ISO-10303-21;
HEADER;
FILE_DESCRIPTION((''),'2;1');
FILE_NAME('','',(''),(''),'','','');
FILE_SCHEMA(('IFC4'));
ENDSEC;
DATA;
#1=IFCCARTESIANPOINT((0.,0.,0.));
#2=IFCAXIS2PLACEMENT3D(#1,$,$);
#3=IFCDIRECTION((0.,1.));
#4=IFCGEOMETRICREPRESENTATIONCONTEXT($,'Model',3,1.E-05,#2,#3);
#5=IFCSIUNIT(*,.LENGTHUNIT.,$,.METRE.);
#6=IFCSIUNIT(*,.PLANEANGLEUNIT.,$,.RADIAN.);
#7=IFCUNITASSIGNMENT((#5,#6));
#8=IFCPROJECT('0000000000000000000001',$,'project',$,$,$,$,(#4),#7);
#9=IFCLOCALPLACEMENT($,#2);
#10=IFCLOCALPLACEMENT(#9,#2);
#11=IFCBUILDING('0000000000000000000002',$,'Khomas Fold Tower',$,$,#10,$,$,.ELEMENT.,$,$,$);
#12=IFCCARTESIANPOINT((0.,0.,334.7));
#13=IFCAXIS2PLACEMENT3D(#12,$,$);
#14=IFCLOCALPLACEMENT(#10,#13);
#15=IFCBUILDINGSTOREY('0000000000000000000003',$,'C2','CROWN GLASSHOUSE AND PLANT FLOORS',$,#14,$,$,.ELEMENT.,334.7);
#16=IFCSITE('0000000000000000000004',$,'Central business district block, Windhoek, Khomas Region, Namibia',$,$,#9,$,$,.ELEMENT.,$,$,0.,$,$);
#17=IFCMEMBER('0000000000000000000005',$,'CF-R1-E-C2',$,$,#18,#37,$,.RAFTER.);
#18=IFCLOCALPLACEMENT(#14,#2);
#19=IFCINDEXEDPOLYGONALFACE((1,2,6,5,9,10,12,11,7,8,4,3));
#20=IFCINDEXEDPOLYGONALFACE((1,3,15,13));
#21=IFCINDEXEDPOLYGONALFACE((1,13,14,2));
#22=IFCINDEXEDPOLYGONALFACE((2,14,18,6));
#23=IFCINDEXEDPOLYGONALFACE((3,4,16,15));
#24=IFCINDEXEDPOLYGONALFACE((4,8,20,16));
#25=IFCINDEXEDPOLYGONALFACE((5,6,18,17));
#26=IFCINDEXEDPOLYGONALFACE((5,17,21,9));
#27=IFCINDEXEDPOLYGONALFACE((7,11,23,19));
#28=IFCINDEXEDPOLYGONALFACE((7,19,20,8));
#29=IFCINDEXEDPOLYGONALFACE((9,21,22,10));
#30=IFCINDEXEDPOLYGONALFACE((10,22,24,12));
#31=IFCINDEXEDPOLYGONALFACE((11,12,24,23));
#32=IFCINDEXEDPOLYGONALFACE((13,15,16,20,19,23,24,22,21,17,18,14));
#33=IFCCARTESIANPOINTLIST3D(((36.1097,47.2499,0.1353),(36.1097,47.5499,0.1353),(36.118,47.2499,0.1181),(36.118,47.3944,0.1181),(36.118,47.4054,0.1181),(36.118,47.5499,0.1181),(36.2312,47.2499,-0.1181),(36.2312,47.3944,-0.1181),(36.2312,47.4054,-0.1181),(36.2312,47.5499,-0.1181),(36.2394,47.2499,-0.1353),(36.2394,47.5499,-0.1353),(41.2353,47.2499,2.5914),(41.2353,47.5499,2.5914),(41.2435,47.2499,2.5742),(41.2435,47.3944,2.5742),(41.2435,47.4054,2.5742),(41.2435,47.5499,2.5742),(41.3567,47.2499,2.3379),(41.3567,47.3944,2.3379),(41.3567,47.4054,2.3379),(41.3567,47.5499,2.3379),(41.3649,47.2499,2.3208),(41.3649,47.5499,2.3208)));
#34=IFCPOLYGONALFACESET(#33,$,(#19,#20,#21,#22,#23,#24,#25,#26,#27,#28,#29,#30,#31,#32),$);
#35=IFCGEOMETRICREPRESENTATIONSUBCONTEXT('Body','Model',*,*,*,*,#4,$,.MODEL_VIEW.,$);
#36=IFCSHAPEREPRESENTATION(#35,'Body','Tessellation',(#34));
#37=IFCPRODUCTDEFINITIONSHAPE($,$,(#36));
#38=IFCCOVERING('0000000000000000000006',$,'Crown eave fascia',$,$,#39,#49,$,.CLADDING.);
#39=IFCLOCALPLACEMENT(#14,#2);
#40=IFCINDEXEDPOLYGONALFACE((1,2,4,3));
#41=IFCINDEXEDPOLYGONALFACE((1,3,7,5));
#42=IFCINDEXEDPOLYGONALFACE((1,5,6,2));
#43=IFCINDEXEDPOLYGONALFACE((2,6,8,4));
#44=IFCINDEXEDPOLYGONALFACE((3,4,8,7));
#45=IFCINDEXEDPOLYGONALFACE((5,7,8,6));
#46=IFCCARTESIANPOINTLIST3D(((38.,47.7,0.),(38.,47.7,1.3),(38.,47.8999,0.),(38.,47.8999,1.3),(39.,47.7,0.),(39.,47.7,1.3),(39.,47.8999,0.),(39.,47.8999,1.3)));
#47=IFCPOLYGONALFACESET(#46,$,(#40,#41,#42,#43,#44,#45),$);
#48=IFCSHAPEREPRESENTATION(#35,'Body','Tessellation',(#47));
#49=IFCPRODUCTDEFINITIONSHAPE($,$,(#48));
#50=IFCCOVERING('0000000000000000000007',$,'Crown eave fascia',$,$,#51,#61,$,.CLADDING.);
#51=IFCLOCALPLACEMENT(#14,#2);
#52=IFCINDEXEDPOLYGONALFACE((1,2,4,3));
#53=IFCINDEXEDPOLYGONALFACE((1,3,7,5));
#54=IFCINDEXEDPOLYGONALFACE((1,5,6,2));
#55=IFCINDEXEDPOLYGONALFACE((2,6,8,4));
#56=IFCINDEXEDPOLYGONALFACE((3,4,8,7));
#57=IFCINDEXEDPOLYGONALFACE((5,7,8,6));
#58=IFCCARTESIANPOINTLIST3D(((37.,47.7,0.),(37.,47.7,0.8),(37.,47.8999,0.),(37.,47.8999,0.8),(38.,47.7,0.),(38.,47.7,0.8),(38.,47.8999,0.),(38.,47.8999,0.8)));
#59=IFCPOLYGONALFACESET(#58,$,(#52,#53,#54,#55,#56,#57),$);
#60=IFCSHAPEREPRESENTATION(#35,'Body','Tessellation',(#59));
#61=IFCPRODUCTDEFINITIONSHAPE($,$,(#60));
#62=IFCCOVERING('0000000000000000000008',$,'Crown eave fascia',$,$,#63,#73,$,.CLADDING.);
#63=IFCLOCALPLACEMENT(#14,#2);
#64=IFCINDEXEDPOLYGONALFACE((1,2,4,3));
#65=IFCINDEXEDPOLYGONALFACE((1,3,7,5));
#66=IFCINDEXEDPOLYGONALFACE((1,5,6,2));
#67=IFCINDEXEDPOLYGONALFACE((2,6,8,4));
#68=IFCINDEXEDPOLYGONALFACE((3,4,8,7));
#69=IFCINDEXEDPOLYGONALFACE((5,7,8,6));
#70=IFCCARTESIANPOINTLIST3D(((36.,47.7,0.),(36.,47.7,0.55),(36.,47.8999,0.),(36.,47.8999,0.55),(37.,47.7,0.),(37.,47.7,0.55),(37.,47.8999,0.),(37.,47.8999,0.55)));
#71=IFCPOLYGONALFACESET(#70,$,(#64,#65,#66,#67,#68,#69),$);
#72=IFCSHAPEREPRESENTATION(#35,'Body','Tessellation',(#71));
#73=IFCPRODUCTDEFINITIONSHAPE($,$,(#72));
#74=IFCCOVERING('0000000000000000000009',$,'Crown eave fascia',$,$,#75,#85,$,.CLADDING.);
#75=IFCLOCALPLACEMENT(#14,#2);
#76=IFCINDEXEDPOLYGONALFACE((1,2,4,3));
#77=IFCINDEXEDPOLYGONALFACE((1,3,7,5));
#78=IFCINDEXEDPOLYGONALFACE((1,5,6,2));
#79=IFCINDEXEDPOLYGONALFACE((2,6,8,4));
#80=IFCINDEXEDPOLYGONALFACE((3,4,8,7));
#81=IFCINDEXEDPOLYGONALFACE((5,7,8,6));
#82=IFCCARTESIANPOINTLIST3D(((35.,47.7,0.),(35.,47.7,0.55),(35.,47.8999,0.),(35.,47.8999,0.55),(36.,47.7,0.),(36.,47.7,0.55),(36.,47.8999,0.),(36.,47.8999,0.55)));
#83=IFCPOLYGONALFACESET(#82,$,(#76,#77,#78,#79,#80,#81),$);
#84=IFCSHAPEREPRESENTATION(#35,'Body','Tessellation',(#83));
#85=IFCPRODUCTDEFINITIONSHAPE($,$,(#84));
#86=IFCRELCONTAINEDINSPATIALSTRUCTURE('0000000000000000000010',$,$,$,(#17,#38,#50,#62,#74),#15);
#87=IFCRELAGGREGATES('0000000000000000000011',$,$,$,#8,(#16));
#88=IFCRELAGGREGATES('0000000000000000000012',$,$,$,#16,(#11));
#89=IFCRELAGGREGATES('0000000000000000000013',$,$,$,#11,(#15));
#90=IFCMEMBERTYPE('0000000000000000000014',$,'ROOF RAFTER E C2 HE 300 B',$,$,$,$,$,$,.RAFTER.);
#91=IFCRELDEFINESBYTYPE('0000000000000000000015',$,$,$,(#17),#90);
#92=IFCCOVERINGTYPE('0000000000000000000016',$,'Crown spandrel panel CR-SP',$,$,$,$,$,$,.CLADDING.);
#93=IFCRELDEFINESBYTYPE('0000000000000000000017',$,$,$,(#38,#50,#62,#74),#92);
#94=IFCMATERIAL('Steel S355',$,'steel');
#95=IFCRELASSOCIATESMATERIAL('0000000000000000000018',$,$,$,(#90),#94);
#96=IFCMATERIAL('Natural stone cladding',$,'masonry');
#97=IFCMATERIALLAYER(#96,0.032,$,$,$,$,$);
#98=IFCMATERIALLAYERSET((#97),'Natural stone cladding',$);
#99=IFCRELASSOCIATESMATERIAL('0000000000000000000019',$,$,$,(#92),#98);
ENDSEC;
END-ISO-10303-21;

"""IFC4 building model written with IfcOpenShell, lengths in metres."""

from ifc_helpers import new_model, si_unit, direction, frame, origin, origin_2d, place, context, subcontext, project, spatial, polyline, i_section, outline, extrude, source, transform, mapped, material, layer, layer_set, material_profile, profile_set, type_object, element, save


model = new_model("IFC4")

# Units and contexts
model_context = context("Model", 3, precision=1e-05, world=origin(), true_north=direction((0.0, 1.0)))
body_context = subcontext(model_context, "Body", "Model", "MODEL_VIEW")
ifc_project = project(units=[si_unit("LENGTHUNIT", "METRE"), si_unit("PLANEANGLEUNIT", "RADIAN")], contexts=[model_context])

# Site, building, storey
site_placement = place(None, origin())
site = spatial("IfcSite", under=ifc_project, at=site_placement, Name="Central business district block, Windhoek, Khomas Region, Namibia", CompositionType="ELEMENT", RefElevation=0.0)
building_placement = place(site_placement, origin())
building = spatial("IfcBuilding", under=site, at=building_placement, Name="Khomas Fold Tower", CompositionType="ELEMENT")
storey_placement = place(building_placement, frame((0.0, 0.0, 334.7)))
storey = spatial("IfcBuildingStorey", under=building, at=storey_placement, Name="C2", Description="CROWN GLASSHOUSE AND PLANT FLOORS", CompositionType="ELEMENT", Elevation=334.7)

# Member
ifc_material_1 = material(Name="Steel S355", Category="steel")
ifc_material_profile_1 = material_profile(ifc_material_1, i_section(OverallWidth=0.3, OverallDepth=0.3, WebThickness=0.011, FlangeThickness=0.019, at=origin_2d()), Name="HE 300 B")
ifc_profile_set_1 = profile_set([ifc_material_profile_1], Name="Steel S355")
member_type_1 = type_object("IfcMemberType", Name="ROOF RAFTER E C2 HE 300 B", PredefinedType="RAFTER", material=ifc_profile_set_1)
shared_shape_1 = source(origin(), body_context, "Body", "SweptSolid", [
    extrude(i_section(OverallWidth=0.3, OverallDepth=0.3, WebThickness=0.011, FlangeThickness=0.019, at=origin_2d()), origin(), (0.0, 0.0, 1.0), 5.6836),
])
member_1_placement = place(storey_placement, frame((36.1746, 47.3999, 0.0), z_axis=(0.90181, 0.0, 0.432133), x_axis=(0.0, 1.0, 0.0)))
element("IfcMember", 1, at=member_1_placement, inside=storey, type_object=member_type_1, Name="CF-R1-E-C2", PredefinedType="RAFTER", context=body_context, shape_type="MappedRepresentation", body=[
    mapped(shared_shape_1, transform((0.0, 0.0, 0.0))),
])

# Coverings
ifc_material_2 = material(Name="Natural stone cladding", Category="masonry")
ifc_layer_1 = layer(ifc_material_2, 0.032)
ifc_layer_set_1 = layer_set([ifc_layer_1], Name="Natural stone cladding")
covering_type = type_object("IfcCoveringType", Name="Crown spandrel panel CR-SP", PredefinedType="CLADDING", material=ifc_layer_set_1)
covering_1_placement = place(storey_placement, frame((39.0, 47.8999, 0.0), z_axis=(0.0, 1.0, 0.0), x_axis=(-1.0, 0.0, 0.0)))
element("IfcCovering", 2, at=covering_1_placement, inside=storey, type_object=covering_type, Name="Crown eave fascia", PredefinedType="CLADDING", context=body_context, shape_type="SweptSolid", body=[
    extrude(outline(polyline([(0.0, 0.0), (1.0, 0.0), (1.0, 1.3), (0.0, 1.3), (0.0, 0.0)])), origin(), (0.0, 0.0, -1.0), 0.2),
])
covering_2_placement = place(storey_placement, frame((38.0, 47.8999, 0.0), z_axis=(0.0, 1.0, 0.0), x_axis=(-1.0, 0.0, 0.0)))
element("IfcCovering", 3, at=covering_2_placement, inside=storey, type_object=covering_type, Name="Crown eave fascia", PredefinedType="CLADDING", context=body_context, shape_type="SweptSolid", body=[
    extrude(outline(polyline([(0.0, 0.0), (1.0, 0.0), (1.0, 0.8), (0.0, 0.8), (0.0, 0.0)])), origin(), (0.0, 0.0, -1.0), 0.2),
])
for number, where, z_axis, x_axis, name in (
    (4, (37.0, 47.8999, 0.0), (0.0, 1.0, 0.0), (-1.0, 0.0, 0.0), "Crown eave fascia"),
    (5, (36.0, 47.8999, 0.0), (0.0, 1.0, 0.0), (-1.0, 0.0, 0.0), "Crown eave fascia"),
):
    element("IfcCovering", number, at=place(storey_placement, frame(where, z_axis=z_axis, x_axis=x_axis)), inside=storey, type_object=covering_type, Name=name, PredefinedType="CLADDING", context=body_context, shape_type="SweptSolid", body=[
        extrude(outline(polyline([(0.0, 0.0), (1.0, 0.0), (1.0, 0.55), (0.0, 0.55), (0.0, 0.0)])), origin(), (0.0, 0.0, -1.0), 0.2),
    ])

save(model, "model.ifc")
